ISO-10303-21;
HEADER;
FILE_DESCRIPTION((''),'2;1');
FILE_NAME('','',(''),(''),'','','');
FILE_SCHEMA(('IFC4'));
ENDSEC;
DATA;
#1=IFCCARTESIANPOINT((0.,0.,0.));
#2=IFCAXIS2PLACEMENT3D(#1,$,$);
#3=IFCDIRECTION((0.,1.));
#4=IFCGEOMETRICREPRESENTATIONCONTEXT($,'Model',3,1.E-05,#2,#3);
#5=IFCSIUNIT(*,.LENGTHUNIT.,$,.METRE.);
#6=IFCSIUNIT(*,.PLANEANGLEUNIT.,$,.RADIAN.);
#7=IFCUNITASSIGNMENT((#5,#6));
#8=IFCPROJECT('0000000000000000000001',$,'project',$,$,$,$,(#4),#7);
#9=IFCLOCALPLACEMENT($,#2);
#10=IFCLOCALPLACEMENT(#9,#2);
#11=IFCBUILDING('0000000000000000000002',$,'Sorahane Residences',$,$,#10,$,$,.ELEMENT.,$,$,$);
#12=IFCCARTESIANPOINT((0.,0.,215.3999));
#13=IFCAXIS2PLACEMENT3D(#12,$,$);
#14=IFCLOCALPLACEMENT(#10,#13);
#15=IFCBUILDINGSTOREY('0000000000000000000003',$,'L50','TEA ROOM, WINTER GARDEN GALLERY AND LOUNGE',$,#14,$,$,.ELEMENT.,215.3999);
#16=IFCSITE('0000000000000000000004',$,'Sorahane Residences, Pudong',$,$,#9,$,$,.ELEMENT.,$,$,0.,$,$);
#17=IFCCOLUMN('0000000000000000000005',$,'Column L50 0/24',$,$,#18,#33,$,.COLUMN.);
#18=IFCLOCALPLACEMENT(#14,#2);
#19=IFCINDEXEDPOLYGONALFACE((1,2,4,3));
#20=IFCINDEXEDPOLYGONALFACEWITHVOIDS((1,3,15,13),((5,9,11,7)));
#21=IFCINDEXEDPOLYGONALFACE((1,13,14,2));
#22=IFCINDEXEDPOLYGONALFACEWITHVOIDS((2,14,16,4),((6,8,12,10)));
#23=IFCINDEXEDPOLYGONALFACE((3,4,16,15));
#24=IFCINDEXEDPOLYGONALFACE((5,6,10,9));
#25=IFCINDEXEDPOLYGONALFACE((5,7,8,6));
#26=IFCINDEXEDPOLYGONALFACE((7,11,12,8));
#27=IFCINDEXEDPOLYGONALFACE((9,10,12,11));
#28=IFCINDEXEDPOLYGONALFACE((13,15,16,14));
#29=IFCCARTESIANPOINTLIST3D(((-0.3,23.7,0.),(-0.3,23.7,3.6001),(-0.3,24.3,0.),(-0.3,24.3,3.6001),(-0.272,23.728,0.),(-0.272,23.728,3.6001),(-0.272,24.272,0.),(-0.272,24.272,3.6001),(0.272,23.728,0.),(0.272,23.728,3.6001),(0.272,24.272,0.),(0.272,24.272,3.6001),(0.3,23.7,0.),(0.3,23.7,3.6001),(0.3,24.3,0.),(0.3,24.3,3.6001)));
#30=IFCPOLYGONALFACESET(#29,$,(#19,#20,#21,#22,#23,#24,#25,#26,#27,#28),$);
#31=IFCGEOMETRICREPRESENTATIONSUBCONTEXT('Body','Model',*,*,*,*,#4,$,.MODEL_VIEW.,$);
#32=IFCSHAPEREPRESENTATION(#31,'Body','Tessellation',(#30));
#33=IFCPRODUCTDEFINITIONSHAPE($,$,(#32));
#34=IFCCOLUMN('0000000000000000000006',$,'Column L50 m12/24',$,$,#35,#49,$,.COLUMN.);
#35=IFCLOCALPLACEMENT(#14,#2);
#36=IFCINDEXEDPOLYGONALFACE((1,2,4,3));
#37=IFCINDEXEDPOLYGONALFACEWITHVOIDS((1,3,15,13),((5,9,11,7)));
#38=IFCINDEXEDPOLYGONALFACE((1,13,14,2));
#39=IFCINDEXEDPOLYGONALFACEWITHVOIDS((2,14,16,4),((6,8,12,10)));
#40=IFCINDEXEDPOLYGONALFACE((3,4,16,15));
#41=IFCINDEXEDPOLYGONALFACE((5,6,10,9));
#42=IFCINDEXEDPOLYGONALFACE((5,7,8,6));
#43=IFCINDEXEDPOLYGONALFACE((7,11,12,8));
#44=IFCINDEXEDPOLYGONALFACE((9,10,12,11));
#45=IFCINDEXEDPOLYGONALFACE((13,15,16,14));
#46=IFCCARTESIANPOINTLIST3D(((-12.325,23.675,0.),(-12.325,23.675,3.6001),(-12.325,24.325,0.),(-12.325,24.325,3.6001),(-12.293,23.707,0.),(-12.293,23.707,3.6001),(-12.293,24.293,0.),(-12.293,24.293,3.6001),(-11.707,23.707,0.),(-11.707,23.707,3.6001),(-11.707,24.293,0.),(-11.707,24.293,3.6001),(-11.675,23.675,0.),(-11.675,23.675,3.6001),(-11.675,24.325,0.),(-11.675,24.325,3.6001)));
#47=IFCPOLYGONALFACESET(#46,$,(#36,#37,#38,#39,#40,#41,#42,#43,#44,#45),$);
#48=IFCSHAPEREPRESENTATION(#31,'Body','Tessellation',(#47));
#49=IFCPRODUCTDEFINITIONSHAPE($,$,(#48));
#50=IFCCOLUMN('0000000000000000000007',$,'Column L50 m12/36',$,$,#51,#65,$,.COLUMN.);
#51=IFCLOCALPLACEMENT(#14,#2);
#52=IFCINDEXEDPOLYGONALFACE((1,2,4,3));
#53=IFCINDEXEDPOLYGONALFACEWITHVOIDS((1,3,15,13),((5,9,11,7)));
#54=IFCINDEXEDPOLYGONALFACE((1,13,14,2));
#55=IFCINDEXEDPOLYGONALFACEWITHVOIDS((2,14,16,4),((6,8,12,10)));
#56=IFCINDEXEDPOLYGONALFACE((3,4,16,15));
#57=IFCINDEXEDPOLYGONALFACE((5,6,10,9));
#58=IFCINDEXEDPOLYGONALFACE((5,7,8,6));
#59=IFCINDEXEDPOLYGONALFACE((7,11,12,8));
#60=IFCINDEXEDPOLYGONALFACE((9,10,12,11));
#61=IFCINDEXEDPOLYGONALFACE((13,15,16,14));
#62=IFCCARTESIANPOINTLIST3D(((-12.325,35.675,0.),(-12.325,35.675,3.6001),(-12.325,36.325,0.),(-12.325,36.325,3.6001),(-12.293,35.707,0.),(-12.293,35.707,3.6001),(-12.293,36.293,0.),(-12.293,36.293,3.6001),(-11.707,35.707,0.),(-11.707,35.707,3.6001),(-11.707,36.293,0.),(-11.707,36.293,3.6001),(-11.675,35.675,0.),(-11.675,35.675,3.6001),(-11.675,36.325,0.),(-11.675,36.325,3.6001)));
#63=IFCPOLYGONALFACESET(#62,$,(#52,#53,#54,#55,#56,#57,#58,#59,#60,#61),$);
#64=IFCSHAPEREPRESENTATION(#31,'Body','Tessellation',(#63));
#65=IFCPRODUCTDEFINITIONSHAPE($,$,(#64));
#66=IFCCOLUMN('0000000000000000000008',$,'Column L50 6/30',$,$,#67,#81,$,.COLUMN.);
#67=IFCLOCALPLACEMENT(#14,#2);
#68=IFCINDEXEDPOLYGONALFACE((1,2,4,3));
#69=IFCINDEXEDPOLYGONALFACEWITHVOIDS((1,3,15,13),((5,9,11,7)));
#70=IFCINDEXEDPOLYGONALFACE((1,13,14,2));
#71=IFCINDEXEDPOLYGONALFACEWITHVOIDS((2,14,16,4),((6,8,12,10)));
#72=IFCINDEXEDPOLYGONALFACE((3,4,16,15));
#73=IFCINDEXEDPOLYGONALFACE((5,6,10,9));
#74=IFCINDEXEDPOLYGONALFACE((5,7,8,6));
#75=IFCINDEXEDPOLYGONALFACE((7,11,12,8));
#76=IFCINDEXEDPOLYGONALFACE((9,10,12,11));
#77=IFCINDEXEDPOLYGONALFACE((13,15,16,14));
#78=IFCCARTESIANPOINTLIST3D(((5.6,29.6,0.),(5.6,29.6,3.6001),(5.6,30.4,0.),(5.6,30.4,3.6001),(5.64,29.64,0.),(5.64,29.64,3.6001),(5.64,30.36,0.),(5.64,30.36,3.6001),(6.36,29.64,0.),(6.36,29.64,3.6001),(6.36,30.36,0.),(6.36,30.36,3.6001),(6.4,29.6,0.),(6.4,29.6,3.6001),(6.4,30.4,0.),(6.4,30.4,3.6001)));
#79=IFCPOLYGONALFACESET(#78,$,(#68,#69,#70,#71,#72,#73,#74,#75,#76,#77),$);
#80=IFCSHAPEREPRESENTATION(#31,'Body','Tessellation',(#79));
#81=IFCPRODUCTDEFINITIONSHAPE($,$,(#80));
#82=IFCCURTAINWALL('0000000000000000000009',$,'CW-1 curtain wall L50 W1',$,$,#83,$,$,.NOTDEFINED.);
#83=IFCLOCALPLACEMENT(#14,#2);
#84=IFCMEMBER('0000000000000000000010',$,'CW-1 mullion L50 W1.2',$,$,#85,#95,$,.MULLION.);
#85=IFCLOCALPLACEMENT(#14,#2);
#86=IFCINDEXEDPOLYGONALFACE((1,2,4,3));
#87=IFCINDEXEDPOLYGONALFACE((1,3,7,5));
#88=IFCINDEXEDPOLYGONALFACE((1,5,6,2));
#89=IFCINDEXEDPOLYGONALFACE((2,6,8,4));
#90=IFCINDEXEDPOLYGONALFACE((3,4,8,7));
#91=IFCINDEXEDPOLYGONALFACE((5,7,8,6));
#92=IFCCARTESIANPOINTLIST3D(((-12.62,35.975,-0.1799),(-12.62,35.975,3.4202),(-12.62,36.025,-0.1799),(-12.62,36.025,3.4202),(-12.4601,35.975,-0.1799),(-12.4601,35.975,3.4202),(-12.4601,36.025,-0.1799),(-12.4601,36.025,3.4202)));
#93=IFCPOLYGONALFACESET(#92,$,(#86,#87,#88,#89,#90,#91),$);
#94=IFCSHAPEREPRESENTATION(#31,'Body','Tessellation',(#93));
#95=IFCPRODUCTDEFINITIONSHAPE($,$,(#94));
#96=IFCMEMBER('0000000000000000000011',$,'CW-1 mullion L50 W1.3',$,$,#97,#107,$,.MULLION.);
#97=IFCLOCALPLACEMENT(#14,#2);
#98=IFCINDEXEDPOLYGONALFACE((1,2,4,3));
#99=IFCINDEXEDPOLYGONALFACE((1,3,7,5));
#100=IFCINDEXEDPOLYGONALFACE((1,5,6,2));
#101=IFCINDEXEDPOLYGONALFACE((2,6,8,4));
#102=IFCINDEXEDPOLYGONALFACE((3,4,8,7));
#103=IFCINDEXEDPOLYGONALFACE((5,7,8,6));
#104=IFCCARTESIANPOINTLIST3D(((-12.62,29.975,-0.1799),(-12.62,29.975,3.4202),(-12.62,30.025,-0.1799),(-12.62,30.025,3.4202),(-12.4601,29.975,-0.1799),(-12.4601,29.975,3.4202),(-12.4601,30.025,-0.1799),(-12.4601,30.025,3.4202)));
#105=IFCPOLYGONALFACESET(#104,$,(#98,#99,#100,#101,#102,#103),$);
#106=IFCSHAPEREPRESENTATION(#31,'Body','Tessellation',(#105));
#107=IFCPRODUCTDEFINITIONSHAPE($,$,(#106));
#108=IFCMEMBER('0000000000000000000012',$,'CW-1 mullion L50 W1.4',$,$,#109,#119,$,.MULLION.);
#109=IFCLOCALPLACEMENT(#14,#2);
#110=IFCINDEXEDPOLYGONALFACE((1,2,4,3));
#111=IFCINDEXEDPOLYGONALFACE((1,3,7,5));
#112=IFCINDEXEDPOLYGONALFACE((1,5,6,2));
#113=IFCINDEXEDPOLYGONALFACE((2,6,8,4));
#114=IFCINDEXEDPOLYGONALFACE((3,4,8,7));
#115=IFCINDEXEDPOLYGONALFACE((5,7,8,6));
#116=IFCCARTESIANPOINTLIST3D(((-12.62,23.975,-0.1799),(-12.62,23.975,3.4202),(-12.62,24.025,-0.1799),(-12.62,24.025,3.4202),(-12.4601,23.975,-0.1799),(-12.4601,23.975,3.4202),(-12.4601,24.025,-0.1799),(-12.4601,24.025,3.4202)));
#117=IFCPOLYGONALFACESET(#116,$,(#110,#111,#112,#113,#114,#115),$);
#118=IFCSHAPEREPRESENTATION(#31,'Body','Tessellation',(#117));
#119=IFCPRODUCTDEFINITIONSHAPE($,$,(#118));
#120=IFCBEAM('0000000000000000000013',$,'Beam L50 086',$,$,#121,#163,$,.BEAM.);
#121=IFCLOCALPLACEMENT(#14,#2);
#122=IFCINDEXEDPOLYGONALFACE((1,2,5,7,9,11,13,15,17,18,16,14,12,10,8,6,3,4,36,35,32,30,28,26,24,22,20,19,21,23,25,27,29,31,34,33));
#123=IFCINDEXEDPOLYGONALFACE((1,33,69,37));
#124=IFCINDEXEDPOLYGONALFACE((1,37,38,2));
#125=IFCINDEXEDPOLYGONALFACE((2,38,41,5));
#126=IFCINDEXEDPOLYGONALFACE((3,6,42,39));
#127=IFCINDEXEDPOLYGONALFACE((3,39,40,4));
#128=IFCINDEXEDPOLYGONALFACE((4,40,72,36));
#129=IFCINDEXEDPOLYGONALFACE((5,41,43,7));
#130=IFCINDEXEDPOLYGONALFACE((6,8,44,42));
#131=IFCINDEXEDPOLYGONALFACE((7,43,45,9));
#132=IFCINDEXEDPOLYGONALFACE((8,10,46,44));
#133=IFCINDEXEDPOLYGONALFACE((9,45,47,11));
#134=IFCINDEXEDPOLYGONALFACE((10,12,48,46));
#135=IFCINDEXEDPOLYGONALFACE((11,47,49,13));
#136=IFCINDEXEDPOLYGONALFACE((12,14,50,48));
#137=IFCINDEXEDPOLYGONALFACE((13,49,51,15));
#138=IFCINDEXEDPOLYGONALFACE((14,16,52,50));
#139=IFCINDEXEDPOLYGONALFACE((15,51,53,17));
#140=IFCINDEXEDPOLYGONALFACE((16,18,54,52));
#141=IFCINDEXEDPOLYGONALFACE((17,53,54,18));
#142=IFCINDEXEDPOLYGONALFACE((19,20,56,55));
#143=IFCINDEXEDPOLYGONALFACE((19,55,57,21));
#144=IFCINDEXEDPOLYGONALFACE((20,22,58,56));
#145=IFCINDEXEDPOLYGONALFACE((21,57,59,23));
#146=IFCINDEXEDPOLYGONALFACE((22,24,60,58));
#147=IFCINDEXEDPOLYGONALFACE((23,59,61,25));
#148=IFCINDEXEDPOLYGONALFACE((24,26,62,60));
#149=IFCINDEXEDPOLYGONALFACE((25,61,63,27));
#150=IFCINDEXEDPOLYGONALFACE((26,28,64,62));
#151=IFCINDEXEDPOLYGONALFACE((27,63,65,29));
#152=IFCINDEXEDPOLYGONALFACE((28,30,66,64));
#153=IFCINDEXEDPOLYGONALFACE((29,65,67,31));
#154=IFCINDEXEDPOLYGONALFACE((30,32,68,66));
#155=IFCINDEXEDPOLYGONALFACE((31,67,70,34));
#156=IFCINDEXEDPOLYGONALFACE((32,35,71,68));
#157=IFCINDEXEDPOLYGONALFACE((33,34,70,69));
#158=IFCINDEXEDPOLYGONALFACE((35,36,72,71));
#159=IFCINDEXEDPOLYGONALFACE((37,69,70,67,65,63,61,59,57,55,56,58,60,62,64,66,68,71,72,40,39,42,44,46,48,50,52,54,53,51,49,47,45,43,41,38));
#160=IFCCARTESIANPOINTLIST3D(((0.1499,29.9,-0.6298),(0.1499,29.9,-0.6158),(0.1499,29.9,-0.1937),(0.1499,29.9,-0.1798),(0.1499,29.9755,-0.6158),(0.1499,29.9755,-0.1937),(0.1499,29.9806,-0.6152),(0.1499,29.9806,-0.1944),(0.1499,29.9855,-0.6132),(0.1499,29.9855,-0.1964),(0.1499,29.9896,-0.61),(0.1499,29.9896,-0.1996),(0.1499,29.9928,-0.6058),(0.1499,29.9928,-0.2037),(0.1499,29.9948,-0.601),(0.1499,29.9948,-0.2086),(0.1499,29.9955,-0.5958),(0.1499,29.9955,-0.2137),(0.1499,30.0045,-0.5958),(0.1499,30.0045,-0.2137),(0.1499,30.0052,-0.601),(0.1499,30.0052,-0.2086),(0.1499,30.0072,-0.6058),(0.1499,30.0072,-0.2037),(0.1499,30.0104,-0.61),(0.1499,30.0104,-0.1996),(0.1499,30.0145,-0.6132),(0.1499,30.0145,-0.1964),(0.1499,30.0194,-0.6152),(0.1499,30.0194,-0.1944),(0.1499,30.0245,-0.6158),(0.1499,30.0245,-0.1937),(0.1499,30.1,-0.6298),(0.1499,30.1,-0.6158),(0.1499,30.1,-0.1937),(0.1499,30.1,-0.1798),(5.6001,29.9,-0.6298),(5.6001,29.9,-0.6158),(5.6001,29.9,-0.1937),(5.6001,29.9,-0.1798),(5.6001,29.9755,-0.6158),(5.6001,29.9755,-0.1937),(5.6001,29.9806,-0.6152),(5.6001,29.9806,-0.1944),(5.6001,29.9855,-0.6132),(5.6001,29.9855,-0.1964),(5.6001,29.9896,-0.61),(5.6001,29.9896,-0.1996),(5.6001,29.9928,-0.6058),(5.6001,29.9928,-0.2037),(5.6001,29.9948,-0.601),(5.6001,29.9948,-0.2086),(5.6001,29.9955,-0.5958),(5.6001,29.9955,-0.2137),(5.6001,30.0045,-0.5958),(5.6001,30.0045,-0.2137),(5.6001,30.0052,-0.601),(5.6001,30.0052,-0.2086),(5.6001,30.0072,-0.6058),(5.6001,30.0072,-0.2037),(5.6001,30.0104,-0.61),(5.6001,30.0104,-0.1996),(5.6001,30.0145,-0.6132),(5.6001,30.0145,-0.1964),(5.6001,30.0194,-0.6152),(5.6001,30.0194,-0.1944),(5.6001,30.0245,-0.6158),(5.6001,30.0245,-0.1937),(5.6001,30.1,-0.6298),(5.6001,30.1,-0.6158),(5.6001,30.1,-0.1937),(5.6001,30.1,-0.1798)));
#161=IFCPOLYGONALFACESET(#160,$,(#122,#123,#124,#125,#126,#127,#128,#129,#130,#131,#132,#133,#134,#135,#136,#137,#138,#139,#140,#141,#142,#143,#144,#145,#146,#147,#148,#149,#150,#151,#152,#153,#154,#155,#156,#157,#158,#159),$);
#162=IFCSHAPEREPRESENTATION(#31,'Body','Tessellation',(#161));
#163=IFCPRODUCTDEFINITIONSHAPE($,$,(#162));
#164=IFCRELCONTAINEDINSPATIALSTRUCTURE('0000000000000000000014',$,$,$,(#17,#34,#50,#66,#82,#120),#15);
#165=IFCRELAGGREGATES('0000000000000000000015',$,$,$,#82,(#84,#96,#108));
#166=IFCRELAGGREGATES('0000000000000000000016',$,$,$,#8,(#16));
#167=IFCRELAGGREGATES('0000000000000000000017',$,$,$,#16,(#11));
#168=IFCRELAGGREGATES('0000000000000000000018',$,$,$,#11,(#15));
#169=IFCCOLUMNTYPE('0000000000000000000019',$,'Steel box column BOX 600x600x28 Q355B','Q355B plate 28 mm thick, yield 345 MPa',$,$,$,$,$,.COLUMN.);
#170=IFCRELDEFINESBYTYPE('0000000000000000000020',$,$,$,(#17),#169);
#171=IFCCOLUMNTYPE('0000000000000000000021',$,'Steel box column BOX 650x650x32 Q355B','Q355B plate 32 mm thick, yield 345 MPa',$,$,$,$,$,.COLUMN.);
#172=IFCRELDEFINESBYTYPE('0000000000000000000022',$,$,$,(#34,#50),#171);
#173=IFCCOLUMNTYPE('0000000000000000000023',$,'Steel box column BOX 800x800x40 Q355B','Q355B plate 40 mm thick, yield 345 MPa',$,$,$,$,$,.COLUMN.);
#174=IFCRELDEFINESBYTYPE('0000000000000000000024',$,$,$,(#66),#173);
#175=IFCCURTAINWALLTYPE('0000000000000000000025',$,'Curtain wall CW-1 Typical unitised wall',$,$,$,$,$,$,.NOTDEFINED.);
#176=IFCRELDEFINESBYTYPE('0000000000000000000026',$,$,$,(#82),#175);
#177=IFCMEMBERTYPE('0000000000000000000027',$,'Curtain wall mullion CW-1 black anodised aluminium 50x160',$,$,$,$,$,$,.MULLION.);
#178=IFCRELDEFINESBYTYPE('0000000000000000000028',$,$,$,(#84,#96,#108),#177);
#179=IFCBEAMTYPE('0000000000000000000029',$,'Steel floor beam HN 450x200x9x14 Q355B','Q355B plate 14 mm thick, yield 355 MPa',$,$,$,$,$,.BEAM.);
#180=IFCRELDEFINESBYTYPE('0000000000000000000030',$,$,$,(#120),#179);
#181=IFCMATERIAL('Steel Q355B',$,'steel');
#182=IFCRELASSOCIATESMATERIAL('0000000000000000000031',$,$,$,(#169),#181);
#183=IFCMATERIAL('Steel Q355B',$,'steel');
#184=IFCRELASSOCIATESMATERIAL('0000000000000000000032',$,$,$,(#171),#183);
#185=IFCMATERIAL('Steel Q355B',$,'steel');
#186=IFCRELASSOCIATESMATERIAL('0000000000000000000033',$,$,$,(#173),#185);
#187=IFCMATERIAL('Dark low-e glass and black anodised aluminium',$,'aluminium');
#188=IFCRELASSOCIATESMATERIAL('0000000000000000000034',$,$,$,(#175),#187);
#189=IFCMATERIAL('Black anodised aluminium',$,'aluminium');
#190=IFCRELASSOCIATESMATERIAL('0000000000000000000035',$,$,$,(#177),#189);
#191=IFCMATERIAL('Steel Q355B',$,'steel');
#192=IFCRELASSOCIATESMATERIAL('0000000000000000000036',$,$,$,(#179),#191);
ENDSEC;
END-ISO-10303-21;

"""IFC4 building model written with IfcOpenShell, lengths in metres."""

from ifc_helpers import new_model, si_unit, direction, frame, origin, origin_2d, place, context, subcontext, project, spatial, rectangle, hollow_rectangle, i_section, extrude, material, material_profile, profile_set, type_object, element, aggregate, save


model = new_model("IFC4")

# Units and contexts
model_context = context("Model", 3, precision=1e-05, world=origin(), true_north=direction((0.0, 1.0)))
body_context = subcontext(model_context, "Body", "Model", "MODEL_VIEW")
ifc_project = project(units=[si_unit("LENGTHUNIT", "METRE"), si_unit("PLANEANGLEUNIT", "RADIAN")], contexts=[model_context])

# Site, building, storey
site_placement = place(None, origin())
site = spatial("IfcSite", under=ifc_project, at=site_placement, Name="Sorahane Residences, Pudong", CompositionType="ELEMENT", RefElevation=0.0)
building_placement = place(site_placement, origin())
building = spatial("IfcBuilding", under=site, at=building_placement, Name="Sorahane Residences", CompositionType="ELEMENT")
storey_placement = place(building_placement, frame((0.0, 0.0, 215.3999)))
storey = spatial("IfcBuildingStorey", under=building, at=storey_placement, Name="L50", Description="TEA ROOM, WINTER GARDEN GALLERY AND LOUNGE", CompositionType="ELEMENT", Elevation=215.3999)

# Columns
ifc_material_1 = material(Name="Steel Q355B", Category="steel")
ifc_material_profile_1 = material_profile(ifc_material_1, hollow_rectangle(XDim=0.6001, YDim=0.6001, WallThickness=0.0281, at=origin_2d()), Name="BOX 600x600x28")
ifc_profile_set_1 = profile_set([ifc_material_profile_1], Name="Steel Q355B")
column_type_1 = type_object("IfcColumnType", Name="Steel box column BOX 600x600x28 Q355B", Description="Q355B plate 28 mm thick, yield 345 MPa", PredefinedType="COLUMN", material=ifc_profile_set_1)
column_1_placement = place(storey_placement, frame((0.0, 24.0, 0.0), z_axis=(0.0, 0.0, 1.0), x_axis=(1.0, 0.0, 0.0)))
element("IfcColumn", 1, at=column_1_placement, inside=storey, type_object=column_type_1, Name="Column L50 0/24", PredefinedType="COLUMN", context=body_context, shape_type="SweptSolid", body=[
    extrude(hollow_rectangle(XDim=0.6001, YDim=0.6001, WallThickness=0.0281, at=origin_2d()), origin(), (0.0, 0.0, 1.0), 3.6001),
])
ifc_material_2 = material(Name="Steel Q355B", Category="steel")
ifc_material_profile_2 = material_profile(ifc_material_2, hollow_rectangle(XDim=0.6499, YDim=0.6499, WallThickness=0.032, at=origin_2d()), Name="BOX 650x650x32")
ifc_profile_set_2 = profile_set([ifc_material_profile_2], Name="Steel Q355B")
column_type_2 = type_object("IfcColumnType", Name="Steel box column BOX 650x650x32 Q355B", Description="Q355B plate 32 mm thick, yield 345 MPa", PredefinedType="COLUMN", material=ifc_profile_set_2)
for number, where, z_axis, x_axis, name in (
    (2, (-12.0, 24.0, 0.0), (0.0, 0.0, 1.0), (1.0, 0.0, 0.0), "Column L50 m12/24"),
    (3, (-12.0, 36.0, 0.0), (0.0, 0.0, 1.0), (1.0, 0.0, 0.0), "Column L50 m12/36"),
):
    element("IfcColumn", number, at=place(storey_placement, frame(where, z_axis=z_axis, x_axis=x_axis)), inside=storey, type_object=column_type_2, Name=name, PredefinedType="COLUMN", context=body_context, shape_type="SweptSolid", body=[
        extrude(hollow_rectangle(XDim=0.6499, YDim=0.6499, WallThickness=0.032, at=origin_2d()), origin(), (0.0, 0.0, 1.0), 3.6001),
    ])
ifc_material_3 = material(Name="Steel Q355B", Category="steel")
ifc_material_profile_3 = material_profile(ifc_material_3, hollow_rectangle(XDim=0.8, YDim=0.8, WallThickness=0.04, at=origin_2d()), Name="BOX 800x800x40")
ifc_profile_set_3 = profile_set([ifc_material_profile_3], Name="Steel Q355B")
column_type_3 = type_object("IfcColumnType", Name="Steel box column BOX 800x800x40 Q355B", Description="Q355B plate 40 mm thick, yield 345 MPa", PredefinedType="COLUMN", material=ifc_profile_set_3)
column_2_placement = place(storey_placement, frame((6.0, 30.0, 0.0), z_axis=(0.0, 0.0, 1.0), x_axis=(1.0, 0.0, 0.0)))
element("IfcColumn", 4, at=column_2_placement, inside=storey, type_object=column_type_3, Name="Column L50 6/30", PredefinedType="COLUMN", context=body_context, shape_type="SweptSolid", body=[
    extrude(hollow_rectangle(XDim=0.8, YDim=0.8, WallThickness=0.04, at=origin_2d()), origin(), (0.0, 0.0, 1.0), 3.6001),
])

# Curtain wall, members
ifc_material_4 = material(Name="Dark low-e glass and black anodised aluminium", Category="aluminium")
curtain_wall_type = type_object("IfcCurtainWallType", Name="Curtain wall CW-1 Typical unitised wall", PredefinedType="NOTDEFINED", material=ifc_material_4)
curtain_wall_placement = place(storey_placement, origin())
curtain_wall = element("IfcCurtainWall", 5, at=curtain_wall_placement, inside=storey, type_object=curtain_wall_type, Name="CW-1 curtain wall L50 W1", PredefinedType="NOTDEFINED")
ifc_material_5 = material(Name="Black anodised aluminium", Category="aluminium")
ifc_material_profile_4 = material_profile(ifc_material_5, rectangle(XDim=0.1599, YDim=0.05, at=origin_2d()), Name="Curtain wall mullion CW-1 black anodised aluminium 50x160")
ifc_profile_set_4 = profile_set([ifc_material_profile_4], Name="Black anodised aluminium")
member_type = type_object("IfcMemberType", Name="Curtain wall mullion CW-1 black anodised aluminium 50x160", PredefinedType="MULLION", material=ifc_profile_set_4)
member_1_placement = place(storey_placement, frame((-12.54, 36.0, -0.1799), z_axis=(0.0, 0.0, 1.0), x_axis=(-1.0, 0.0, 0.0)))
member_1 = element("IfcMember", 6, at=member_1_placement, type_object=member_type, Name="CW-1 mullion L50 W1.2", PredefinedType="MULLION", context=body_context, shape_type="SweptSolid", body=[
    extrude(rectangle(XDim=0.1599, YDim=0.05, at=origin_2d()), origin(), (0.0, 0.0, 1.0), 3.6001),
])
member_2_placement = place(storey_placement, frame((-12.54, 30.0, -0.1799), z_axis=(0.0, 0.0, 1.0), x_axis=(-1.0, 0.0, 0.0)))
member_2 = element("IfcMember", 7, at=member_2_placement, type_object=member_type, Name="CW-1 mullion L50 W1.3", PredefinedType="MULLION", context=body_context, shape_type="SweptSolid", body=[
    extrude(rectangle(XDim=0.1599, YDim=0.05, at=origin_2d()), origin(), (0.0, 0.0, 1.0), 3.6001),
])
member_3_placement = place(storey_placement, frame((-12.54, 24.0, -0.1799), z_axis=(0.0, 0.0, 1.0), x_axis=(-1.0, 0.0, 0.0)))
member_3 = element("IfcMember", 8, at=member_3_placement, type_object=member_type, Name="CW-1 mullion L50 W1.4", PredefinedType="MULLION", context=body_context, shape_type="SweptSolid", body=[
    extrude(rectangle(XDim=0.1599, YDim=0.05, at=origin_2d()), origin(), (0.0, 0.0, 1.0), 3.6001),
])

# Beam
ifc_material_6 = material(Name="Steel Q355B", Category="steel")
ifc_material_profile_5 = material_profile(ifc_material_6, i_section(OverallWidth=0.2, OverallDepth=0.45, WebThickness=0.009, FlangeThickness=0.0139, FilletRadius=0.02, at=origin_2d()), Name="HN 450x200x9x14")
ifc_profile_set_5 = profile_set([ifc_material_profile_5], Name="Steel Q355B")
beam_type_1 = type_object("IfcBeamType", Name="Steel floor beam HN 450x200x9x14 Q355B", Description="Q355B plate 14 mm thick, yield 355 MPa", PredefinedType="BEAM", material=ifc_profile_set_5)
beam_1_placement = place(storey_placement, frame((0.1499, 30.0, -0.4048), z_axis=(1.0, 0.0, 0.0), x_axis=(0.0, 1.0, 0.0)))
element("IfcBeam", 9, at=beam_1_placement, inside=storey, type_object=beam_type_1, Name="Beam L50 086", PredefinedType="BEAM", context=body_context, shape_type="SweptSolid", body=[
    extrude(i_section(OverallWidth=0.2, OverallDepth=0.45, WebThickness=0.009, FlangeThickness=0.0139, FilletRadius=0.02, at=origin_2d()), origin(), (0.0, 0.0, 1.0), 5.4502),
])

aggregate(curtain_wall, [member_1, member_2, member_3])

save(model, "model.ifc")
